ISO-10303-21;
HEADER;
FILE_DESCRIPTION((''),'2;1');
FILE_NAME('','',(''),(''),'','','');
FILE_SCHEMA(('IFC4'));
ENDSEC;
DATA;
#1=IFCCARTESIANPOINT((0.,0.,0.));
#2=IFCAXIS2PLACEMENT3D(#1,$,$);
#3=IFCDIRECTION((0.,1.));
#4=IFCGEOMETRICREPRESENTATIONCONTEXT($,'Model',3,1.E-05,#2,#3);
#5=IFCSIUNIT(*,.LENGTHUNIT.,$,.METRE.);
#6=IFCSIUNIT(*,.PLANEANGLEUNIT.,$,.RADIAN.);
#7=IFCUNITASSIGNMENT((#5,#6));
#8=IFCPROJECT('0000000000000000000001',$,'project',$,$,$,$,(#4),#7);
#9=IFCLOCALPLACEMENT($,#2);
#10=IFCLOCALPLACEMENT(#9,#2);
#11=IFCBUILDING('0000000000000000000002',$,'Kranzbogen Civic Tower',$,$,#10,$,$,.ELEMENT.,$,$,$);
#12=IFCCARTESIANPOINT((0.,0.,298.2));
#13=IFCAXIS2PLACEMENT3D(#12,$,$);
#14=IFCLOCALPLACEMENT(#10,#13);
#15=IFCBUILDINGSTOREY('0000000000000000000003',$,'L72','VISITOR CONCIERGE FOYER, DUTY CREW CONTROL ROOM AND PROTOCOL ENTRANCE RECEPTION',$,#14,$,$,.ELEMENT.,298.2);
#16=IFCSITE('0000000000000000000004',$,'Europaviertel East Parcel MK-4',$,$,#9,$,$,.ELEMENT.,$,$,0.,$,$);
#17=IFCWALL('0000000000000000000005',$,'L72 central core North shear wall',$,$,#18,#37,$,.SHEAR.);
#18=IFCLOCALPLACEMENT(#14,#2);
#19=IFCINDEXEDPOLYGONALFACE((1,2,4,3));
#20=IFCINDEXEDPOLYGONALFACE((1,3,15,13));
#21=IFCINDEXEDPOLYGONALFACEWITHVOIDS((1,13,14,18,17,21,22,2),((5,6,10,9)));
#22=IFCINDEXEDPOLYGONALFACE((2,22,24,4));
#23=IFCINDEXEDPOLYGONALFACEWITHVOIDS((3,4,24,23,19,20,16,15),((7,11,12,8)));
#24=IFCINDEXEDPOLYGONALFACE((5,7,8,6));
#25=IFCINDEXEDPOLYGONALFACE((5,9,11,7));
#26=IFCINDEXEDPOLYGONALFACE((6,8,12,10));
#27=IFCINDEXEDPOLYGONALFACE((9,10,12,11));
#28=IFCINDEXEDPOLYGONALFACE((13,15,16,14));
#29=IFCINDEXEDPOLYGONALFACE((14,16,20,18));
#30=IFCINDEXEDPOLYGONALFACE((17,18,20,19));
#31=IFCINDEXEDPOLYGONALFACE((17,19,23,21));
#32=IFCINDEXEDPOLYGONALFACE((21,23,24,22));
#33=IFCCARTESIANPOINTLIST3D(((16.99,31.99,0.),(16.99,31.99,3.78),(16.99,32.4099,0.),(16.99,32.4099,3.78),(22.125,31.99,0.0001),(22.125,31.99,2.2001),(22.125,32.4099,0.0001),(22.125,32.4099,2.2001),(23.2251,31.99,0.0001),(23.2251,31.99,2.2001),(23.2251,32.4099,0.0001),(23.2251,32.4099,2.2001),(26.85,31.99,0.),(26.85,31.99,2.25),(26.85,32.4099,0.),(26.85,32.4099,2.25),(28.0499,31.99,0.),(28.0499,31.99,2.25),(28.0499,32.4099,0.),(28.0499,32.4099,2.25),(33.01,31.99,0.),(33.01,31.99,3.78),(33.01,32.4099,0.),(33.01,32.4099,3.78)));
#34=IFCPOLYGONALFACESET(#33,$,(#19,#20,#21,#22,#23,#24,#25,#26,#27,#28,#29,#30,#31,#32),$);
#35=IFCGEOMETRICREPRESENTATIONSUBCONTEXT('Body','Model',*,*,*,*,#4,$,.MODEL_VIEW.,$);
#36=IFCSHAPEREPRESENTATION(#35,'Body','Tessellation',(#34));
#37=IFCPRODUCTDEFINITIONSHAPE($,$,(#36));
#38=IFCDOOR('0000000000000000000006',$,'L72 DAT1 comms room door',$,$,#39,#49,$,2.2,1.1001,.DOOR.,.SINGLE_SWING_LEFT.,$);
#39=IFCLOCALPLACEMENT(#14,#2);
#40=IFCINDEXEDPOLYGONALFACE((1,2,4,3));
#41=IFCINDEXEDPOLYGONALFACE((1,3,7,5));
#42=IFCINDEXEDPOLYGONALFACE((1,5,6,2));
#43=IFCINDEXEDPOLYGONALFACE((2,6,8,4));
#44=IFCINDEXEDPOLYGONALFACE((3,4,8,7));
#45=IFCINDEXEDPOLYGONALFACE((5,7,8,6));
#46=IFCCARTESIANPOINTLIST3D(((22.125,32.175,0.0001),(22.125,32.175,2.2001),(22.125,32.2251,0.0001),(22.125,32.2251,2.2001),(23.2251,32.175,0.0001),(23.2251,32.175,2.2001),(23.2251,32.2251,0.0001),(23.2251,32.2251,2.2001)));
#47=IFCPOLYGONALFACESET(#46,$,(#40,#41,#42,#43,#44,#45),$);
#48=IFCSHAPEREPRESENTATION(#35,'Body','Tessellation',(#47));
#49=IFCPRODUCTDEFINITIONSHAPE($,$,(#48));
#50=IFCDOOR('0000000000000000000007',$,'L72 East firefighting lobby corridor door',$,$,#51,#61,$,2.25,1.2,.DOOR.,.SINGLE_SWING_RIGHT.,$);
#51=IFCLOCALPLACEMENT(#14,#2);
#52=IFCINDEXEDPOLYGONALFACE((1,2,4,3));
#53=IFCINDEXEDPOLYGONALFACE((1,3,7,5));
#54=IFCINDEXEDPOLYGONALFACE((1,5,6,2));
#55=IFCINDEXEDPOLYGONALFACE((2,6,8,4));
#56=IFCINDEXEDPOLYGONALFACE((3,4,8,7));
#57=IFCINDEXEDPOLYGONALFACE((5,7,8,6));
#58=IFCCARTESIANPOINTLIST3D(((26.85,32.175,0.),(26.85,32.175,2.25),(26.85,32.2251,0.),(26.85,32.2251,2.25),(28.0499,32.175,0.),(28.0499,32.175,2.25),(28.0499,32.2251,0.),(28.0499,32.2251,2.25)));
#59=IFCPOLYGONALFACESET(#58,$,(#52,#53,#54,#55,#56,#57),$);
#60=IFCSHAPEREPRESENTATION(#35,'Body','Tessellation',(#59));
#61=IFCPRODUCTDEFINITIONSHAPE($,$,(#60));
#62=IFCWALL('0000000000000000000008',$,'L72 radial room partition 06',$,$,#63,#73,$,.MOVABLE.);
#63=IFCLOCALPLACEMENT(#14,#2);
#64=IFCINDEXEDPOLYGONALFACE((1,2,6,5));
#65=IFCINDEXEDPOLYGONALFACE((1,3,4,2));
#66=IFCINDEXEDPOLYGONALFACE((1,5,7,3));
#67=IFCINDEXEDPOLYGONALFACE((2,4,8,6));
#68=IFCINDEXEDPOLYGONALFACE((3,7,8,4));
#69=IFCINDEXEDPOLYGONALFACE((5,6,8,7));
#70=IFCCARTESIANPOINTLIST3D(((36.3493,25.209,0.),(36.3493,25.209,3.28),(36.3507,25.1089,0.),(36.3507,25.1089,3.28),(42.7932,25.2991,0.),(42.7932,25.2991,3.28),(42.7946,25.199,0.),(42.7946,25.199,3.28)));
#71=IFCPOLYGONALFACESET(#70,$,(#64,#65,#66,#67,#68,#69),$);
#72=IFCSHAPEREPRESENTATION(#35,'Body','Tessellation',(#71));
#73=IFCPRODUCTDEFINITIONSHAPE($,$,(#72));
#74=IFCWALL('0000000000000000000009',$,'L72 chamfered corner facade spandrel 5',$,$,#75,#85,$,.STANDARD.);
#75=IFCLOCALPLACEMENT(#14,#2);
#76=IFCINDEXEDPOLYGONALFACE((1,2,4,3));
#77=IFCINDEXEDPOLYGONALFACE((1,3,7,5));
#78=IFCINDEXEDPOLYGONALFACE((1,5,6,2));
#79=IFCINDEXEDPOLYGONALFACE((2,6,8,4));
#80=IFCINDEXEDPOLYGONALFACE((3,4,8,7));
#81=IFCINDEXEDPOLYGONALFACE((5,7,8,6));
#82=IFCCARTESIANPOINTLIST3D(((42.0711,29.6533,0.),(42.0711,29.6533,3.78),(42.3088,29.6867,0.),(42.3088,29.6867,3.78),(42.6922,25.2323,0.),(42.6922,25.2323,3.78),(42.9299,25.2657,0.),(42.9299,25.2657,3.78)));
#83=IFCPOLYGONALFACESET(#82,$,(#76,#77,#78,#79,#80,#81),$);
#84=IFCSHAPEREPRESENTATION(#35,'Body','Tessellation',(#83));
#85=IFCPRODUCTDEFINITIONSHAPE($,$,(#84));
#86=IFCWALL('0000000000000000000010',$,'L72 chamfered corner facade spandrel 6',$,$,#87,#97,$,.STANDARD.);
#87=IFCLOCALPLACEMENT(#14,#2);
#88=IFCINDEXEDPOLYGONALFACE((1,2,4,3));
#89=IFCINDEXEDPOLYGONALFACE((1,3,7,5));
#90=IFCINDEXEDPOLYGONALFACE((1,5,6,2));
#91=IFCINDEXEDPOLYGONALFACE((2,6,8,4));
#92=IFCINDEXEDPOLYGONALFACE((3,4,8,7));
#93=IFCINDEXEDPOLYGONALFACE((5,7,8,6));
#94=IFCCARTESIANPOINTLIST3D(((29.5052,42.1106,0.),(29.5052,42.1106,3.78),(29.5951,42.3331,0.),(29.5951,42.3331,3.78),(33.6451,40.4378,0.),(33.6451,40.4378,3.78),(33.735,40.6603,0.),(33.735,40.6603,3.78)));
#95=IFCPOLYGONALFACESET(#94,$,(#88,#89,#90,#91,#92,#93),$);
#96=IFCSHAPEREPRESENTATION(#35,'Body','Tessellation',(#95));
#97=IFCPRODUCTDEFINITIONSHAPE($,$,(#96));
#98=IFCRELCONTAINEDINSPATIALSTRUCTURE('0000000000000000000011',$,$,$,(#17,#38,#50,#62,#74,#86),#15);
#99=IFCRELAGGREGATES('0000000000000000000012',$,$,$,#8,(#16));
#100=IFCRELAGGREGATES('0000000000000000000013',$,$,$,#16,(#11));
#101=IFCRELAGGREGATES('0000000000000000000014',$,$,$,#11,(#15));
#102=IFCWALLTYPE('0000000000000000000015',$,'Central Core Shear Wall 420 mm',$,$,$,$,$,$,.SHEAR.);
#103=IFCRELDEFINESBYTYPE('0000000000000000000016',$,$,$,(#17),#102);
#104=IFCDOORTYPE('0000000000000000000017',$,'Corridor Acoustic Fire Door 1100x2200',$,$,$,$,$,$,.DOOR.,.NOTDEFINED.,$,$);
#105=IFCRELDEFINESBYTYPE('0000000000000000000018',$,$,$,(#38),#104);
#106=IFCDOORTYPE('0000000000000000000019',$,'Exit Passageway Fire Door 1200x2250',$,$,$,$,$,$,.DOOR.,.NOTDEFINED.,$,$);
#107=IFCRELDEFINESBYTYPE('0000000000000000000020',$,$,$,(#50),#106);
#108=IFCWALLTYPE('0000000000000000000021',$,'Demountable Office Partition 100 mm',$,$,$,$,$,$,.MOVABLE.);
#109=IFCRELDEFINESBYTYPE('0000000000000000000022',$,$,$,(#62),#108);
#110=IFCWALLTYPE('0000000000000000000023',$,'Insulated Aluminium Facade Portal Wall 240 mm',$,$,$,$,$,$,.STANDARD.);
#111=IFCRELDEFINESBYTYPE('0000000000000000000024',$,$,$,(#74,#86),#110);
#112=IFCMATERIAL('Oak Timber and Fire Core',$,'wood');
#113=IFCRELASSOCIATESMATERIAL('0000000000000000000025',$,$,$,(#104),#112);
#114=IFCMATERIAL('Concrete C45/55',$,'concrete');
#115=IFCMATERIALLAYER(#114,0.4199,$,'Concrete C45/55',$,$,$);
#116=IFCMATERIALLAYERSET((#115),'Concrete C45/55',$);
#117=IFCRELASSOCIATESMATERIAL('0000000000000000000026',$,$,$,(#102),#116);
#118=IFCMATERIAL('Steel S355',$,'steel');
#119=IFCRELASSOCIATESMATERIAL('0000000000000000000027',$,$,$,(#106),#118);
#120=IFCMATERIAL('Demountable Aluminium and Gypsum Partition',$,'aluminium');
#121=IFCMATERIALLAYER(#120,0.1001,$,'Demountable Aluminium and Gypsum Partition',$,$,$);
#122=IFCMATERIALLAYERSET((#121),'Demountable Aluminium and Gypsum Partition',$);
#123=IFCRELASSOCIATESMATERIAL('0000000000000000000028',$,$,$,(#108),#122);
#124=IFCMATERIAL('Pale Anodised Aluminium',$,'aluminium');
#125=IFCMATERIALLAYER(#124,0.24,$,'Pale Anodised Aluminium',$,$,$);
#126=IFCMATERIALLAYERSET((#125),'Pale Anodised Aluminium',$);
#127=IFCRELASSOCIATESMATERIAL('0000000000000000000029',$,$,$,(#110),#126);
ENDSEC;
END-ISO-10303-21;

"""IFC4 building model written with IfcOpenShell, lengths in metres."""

from ifc_helpers import new_model, si_unit, direction, frame, frame_2d, origin, place, context, subcontext, project, spatial, rectangle, extrude, material, layer, layer_set, type_object, element, fill, save


model = new_model("IFC4")

# Units and contexts
model_context = context("Model", 3, precision=1e-05, world=origin(), true_north=direction((0.0, 1.0)))
body_context = subcontext(model_context, "Body", "Model", "MODEL_VIEW")
ifc_project = project(units=[si_unit("LENGTHUNIT", "METRE"), si_unit("PLANEANGLEUNIT", "RADIAN")], contexts=[model_context])

# Site, building, storey
site_placement = place(None, origin())
site = spatial("IfcSite", under=ifc_project, at=site_placement, Name="Europaviertel East Parcel MK-4", CompositionType="ELEMENT", RefElevation=0.0)
building_placement = place(site_placement, origin())
building = spatial("IfcBuilding", under=site, at=building_placement, Name="Kranzbogen Civic Tower", CompositionType="ELEMENT")
storey_placement = place(building_placement, frame((0.0, 0.0, 298.2)))
storey = spatial("IfcBuildingStorey", under=building, at=storey_placement, Name="L72", Description="VISITOR CONCIERGE FOYER, DUTY CREW CONTROL ROOM AND PROTOCOL ENTRANCE RECEPTION", CompositionType="ELEMENT", Elevation=298.2)

# Shared definitions
ifc_material_1 = material(Name="Steel S355", Category="steel")

# Shared definitions
ifc_material_2 = material(Name="Pale Anodised Aluminium", Category="aluminium")

# Shared definitions
ifc_material_3 = material(Name="Oak Timber and Fire Core", Category="wood")
door_type_1 = type_object("IfcDoorType", Name="Corridor Acoustic Fire Door 1100x2200", OperationType="NOTDEFINED", PredefinedType="DOOR", material=ifc_material_3)

# Wall, openings, doors
ifc_material_4 = material(Name="Concrete C45/55", Category="concrete")
ifc_layer_1 = layer(ifc_material_4, 0.4199, Name="Concrete C45/55")
ifc_layer_set_1 = layer_set([ifc_layer_1], Name="Concrete C45/55")
wall_type_1 = type_object("IfcWallType", Name="Central Core Shear Wall 420 mm", PredefinedType="SHEAR", material=ifc_layer_set_1)
wall_1_placement = place(storey_placement, frame((33.01, 32.2, 0.0), z_axis=(0.0, 0.0, 1.0), x_axis=(-1.0, 0.0, 0.0)))
wall_1 = element("IfcWall", 1, at=wall_1_placement, inside=storey, type_object=wall_type_1, Name="L72 central core North shear wall", PredefinedType="SHEAR", context=body_context, shape_type="SweptSolid", body=[
    extrude(rectangle(XDim=16.02, YDim=0.4199, at=frame_2d((8.01, 0.0))), origin(), (0.0, 0.0, 1.0), 3.78),
])
opening_1_placement = place(wall_1_placement, frame((4.96, 0.0, 0.0)))
opening_1 = element("IfcOpeningElement", 2, at=opening_1_placement, cuts=wall_1, PredefinedType="OPENING", context=body_context, shape_type="SweptSolid", body=[
    extrude(rectangle(XDim=1.2, YDim=2.25, at=frame_2d((0.6001, 1.125))), frame((0.0, 0.22, 0.0), z_axis=(0.0, -1.0, 0.0), x_axis=(1.0, 0.0, 0.0)), (0.0, 0.0, 1.0), 0.4399),
])
opening_2_placement = place(wall_1_placement, frame((9.7849, 0.0, 0.0)))
opening_2 = element("IfcOpeningElement", 3, at=opening_2_placement, cuts=wall_1, PredefinedType="OPENING", context=body_context, shape_type="SweptSolid", body=[
    extrude(rectangle(XDim=1.1001, YDim=2.2, at=frame_2d((0.55, 1.1001))), frame((0.0, 0.22, 0.0), z_axis=(0.0, -1.0, 0.0), x_axis=(1.0, 0.0, 0.0)), (0.0, 0.0, 1.0), 0.4399),
])
door_1_placement = place(opening_2_placement, origin())
door_1 = element("IfcDoor", 4, at=door_1_placement, inside=storey, type_object=door_type_1, Name="L72 DAT1 comms room door", OperationType="SINGLE_SWING_LEFT", OverallHeight=2.2, OverallWidth=1.1001, PredefinedType="DOOR", context=body_context, shape_type="SweptSolid", body=[
    extrude(rectangle(XDim=1.1001, YDim=2.2, at=frame_2d((0.55, 1.1001))), frame((0.0, 0.0249, 0.0), z_axis=(0.0, -1.0, 0.0), x_axis=(1.0, 0.0, 0.0)), (0.0, 0.0, 1.0), 0.05),
])
fill(opening_2, door_1)
door_type_2 = type_object("IfcDoorType", Name="Exit Passageway Fire Door 1200x2250", OperationType="NOTDEFINED", PredefinedType="DOOR", material=ifc_material_1)
door_2_placement = place(opening_1_placement, origin())
door_2 = element("IfcDoor", 5, at=door_2_placement, inside=storey, type_object=door_type_2, Name="L72 East firefighting lobby corridor door", OperationType="SINGLE_SWING_RIGHT", OverallHeight=2.25, OverallWidth=1.2, PredefinedType="DOOR", context=body_context, shape_type="SweptSolid", body=[
    extrude(rectangle(XDim=1.2, YDim=2.25, at=frame_2d((0.6001, 1.125))), frame((0.0, 0.0249, 0.0), z_axis=(0.0, -1.0, 0.0), x_axis=(1.0, 0.0, 0.0)), (0.0, 0.0, 1.0), 0.05),
])
fill(opening_1, door_2)

# Walls
ifc_material_5 = material(Name="Demountable Aluminium and Gypsum Partition", Category="aluminium")
ifc_layer_2 = layer(ifc_material_5, 0.1001, Name="Demountable Aluminium and Gypsum Partition")
ifc_layer_set_2 = layer_set([ifc_layer_2], Name="Demountable Aluminium and Gypsum Partition")
wall_type_2 = type_object("IfcWallType", Name="Demountable Office Partition 100 mm", PredefinedType="MOVABLE", material=ifc_layer_set_2)
wall_2_placement = place(storey_placement, frame((36.3501, 25.1589, 0.0), z_axis=(0.0, 0.0, 1.0), x_axis=(0.999902, 0.013979, 0.0)))
element("IfcWall", 6, at=wall_2_placement, inside=storey, type_object=wall_type_2, Name="L72 radial room partition 06", PredefinedType="MOVABLE", context=body_context, shape_type="SweptSolid", body=[
    extrude(rectangle(XDim=6.4446, YDim=0.1001, at=frame_2d((3.2222, 0.0))), origin(), (0.0, 0.0, 1.0), 3.28),
])
ifc_layer_3 = layer(ifc_material_2, 0.24, Name="Pale Anodised Aluminium")
ifc_layer_set_3 = layer_set([ifc_layer_3], Name="Pale Anodised Aluminium")
wall_type_3 = type_object("IfcWallType", Name="Insulated Aluminium Facade Portal Wall 240 mm", PredefinedType="STANDARD", material=ifc_layer_set_3)
wall_3_placement = place(storey_placement, frame((42.811, 25.249, 0.0), z_axis=(0.0, 0.0, 1.0), x_axis=(-0.139124, 0.990275, 0.0)))
element("IfcWall", 7, at=wall_3_placement, inside=storey, type_object=wall_type_3, Name="L72 chamfered corner facade spandrel 5", PredefinedType="STANDARD", context=body_context, shape_type="SweptSolid", body=[
    extrude(rectangle(XDim=4.4644, YDim=0.24, at=frame_2d((2.2322, 0.0))), origin(), (0.0, 0.0, 1.0), 3.78),
])
wall_4_placement = place(storey_placement, frame((33.6899, 40.5491, 0.0), z_axis=(0.0, 0.0, 1.0), x_axis=(-0.927166, 0.37465, 0.0)))
element("IfcWall", 8, at=wall_4_placement, inside=storey, type_object=wall_type_3, Name="L72 chamfered corner facade spandrel 6", PredefinedType="STANDARD", context=body_context, shape_type="SweptSolid", body=[
    extrude(rectangle(XDim=4.4651, YDim=0.24, at=frame_2d((2.2324, 0.0))), origin(), (0.0, 0.0, 1.0), 3.78),
])

save(model, "model.ifc")
